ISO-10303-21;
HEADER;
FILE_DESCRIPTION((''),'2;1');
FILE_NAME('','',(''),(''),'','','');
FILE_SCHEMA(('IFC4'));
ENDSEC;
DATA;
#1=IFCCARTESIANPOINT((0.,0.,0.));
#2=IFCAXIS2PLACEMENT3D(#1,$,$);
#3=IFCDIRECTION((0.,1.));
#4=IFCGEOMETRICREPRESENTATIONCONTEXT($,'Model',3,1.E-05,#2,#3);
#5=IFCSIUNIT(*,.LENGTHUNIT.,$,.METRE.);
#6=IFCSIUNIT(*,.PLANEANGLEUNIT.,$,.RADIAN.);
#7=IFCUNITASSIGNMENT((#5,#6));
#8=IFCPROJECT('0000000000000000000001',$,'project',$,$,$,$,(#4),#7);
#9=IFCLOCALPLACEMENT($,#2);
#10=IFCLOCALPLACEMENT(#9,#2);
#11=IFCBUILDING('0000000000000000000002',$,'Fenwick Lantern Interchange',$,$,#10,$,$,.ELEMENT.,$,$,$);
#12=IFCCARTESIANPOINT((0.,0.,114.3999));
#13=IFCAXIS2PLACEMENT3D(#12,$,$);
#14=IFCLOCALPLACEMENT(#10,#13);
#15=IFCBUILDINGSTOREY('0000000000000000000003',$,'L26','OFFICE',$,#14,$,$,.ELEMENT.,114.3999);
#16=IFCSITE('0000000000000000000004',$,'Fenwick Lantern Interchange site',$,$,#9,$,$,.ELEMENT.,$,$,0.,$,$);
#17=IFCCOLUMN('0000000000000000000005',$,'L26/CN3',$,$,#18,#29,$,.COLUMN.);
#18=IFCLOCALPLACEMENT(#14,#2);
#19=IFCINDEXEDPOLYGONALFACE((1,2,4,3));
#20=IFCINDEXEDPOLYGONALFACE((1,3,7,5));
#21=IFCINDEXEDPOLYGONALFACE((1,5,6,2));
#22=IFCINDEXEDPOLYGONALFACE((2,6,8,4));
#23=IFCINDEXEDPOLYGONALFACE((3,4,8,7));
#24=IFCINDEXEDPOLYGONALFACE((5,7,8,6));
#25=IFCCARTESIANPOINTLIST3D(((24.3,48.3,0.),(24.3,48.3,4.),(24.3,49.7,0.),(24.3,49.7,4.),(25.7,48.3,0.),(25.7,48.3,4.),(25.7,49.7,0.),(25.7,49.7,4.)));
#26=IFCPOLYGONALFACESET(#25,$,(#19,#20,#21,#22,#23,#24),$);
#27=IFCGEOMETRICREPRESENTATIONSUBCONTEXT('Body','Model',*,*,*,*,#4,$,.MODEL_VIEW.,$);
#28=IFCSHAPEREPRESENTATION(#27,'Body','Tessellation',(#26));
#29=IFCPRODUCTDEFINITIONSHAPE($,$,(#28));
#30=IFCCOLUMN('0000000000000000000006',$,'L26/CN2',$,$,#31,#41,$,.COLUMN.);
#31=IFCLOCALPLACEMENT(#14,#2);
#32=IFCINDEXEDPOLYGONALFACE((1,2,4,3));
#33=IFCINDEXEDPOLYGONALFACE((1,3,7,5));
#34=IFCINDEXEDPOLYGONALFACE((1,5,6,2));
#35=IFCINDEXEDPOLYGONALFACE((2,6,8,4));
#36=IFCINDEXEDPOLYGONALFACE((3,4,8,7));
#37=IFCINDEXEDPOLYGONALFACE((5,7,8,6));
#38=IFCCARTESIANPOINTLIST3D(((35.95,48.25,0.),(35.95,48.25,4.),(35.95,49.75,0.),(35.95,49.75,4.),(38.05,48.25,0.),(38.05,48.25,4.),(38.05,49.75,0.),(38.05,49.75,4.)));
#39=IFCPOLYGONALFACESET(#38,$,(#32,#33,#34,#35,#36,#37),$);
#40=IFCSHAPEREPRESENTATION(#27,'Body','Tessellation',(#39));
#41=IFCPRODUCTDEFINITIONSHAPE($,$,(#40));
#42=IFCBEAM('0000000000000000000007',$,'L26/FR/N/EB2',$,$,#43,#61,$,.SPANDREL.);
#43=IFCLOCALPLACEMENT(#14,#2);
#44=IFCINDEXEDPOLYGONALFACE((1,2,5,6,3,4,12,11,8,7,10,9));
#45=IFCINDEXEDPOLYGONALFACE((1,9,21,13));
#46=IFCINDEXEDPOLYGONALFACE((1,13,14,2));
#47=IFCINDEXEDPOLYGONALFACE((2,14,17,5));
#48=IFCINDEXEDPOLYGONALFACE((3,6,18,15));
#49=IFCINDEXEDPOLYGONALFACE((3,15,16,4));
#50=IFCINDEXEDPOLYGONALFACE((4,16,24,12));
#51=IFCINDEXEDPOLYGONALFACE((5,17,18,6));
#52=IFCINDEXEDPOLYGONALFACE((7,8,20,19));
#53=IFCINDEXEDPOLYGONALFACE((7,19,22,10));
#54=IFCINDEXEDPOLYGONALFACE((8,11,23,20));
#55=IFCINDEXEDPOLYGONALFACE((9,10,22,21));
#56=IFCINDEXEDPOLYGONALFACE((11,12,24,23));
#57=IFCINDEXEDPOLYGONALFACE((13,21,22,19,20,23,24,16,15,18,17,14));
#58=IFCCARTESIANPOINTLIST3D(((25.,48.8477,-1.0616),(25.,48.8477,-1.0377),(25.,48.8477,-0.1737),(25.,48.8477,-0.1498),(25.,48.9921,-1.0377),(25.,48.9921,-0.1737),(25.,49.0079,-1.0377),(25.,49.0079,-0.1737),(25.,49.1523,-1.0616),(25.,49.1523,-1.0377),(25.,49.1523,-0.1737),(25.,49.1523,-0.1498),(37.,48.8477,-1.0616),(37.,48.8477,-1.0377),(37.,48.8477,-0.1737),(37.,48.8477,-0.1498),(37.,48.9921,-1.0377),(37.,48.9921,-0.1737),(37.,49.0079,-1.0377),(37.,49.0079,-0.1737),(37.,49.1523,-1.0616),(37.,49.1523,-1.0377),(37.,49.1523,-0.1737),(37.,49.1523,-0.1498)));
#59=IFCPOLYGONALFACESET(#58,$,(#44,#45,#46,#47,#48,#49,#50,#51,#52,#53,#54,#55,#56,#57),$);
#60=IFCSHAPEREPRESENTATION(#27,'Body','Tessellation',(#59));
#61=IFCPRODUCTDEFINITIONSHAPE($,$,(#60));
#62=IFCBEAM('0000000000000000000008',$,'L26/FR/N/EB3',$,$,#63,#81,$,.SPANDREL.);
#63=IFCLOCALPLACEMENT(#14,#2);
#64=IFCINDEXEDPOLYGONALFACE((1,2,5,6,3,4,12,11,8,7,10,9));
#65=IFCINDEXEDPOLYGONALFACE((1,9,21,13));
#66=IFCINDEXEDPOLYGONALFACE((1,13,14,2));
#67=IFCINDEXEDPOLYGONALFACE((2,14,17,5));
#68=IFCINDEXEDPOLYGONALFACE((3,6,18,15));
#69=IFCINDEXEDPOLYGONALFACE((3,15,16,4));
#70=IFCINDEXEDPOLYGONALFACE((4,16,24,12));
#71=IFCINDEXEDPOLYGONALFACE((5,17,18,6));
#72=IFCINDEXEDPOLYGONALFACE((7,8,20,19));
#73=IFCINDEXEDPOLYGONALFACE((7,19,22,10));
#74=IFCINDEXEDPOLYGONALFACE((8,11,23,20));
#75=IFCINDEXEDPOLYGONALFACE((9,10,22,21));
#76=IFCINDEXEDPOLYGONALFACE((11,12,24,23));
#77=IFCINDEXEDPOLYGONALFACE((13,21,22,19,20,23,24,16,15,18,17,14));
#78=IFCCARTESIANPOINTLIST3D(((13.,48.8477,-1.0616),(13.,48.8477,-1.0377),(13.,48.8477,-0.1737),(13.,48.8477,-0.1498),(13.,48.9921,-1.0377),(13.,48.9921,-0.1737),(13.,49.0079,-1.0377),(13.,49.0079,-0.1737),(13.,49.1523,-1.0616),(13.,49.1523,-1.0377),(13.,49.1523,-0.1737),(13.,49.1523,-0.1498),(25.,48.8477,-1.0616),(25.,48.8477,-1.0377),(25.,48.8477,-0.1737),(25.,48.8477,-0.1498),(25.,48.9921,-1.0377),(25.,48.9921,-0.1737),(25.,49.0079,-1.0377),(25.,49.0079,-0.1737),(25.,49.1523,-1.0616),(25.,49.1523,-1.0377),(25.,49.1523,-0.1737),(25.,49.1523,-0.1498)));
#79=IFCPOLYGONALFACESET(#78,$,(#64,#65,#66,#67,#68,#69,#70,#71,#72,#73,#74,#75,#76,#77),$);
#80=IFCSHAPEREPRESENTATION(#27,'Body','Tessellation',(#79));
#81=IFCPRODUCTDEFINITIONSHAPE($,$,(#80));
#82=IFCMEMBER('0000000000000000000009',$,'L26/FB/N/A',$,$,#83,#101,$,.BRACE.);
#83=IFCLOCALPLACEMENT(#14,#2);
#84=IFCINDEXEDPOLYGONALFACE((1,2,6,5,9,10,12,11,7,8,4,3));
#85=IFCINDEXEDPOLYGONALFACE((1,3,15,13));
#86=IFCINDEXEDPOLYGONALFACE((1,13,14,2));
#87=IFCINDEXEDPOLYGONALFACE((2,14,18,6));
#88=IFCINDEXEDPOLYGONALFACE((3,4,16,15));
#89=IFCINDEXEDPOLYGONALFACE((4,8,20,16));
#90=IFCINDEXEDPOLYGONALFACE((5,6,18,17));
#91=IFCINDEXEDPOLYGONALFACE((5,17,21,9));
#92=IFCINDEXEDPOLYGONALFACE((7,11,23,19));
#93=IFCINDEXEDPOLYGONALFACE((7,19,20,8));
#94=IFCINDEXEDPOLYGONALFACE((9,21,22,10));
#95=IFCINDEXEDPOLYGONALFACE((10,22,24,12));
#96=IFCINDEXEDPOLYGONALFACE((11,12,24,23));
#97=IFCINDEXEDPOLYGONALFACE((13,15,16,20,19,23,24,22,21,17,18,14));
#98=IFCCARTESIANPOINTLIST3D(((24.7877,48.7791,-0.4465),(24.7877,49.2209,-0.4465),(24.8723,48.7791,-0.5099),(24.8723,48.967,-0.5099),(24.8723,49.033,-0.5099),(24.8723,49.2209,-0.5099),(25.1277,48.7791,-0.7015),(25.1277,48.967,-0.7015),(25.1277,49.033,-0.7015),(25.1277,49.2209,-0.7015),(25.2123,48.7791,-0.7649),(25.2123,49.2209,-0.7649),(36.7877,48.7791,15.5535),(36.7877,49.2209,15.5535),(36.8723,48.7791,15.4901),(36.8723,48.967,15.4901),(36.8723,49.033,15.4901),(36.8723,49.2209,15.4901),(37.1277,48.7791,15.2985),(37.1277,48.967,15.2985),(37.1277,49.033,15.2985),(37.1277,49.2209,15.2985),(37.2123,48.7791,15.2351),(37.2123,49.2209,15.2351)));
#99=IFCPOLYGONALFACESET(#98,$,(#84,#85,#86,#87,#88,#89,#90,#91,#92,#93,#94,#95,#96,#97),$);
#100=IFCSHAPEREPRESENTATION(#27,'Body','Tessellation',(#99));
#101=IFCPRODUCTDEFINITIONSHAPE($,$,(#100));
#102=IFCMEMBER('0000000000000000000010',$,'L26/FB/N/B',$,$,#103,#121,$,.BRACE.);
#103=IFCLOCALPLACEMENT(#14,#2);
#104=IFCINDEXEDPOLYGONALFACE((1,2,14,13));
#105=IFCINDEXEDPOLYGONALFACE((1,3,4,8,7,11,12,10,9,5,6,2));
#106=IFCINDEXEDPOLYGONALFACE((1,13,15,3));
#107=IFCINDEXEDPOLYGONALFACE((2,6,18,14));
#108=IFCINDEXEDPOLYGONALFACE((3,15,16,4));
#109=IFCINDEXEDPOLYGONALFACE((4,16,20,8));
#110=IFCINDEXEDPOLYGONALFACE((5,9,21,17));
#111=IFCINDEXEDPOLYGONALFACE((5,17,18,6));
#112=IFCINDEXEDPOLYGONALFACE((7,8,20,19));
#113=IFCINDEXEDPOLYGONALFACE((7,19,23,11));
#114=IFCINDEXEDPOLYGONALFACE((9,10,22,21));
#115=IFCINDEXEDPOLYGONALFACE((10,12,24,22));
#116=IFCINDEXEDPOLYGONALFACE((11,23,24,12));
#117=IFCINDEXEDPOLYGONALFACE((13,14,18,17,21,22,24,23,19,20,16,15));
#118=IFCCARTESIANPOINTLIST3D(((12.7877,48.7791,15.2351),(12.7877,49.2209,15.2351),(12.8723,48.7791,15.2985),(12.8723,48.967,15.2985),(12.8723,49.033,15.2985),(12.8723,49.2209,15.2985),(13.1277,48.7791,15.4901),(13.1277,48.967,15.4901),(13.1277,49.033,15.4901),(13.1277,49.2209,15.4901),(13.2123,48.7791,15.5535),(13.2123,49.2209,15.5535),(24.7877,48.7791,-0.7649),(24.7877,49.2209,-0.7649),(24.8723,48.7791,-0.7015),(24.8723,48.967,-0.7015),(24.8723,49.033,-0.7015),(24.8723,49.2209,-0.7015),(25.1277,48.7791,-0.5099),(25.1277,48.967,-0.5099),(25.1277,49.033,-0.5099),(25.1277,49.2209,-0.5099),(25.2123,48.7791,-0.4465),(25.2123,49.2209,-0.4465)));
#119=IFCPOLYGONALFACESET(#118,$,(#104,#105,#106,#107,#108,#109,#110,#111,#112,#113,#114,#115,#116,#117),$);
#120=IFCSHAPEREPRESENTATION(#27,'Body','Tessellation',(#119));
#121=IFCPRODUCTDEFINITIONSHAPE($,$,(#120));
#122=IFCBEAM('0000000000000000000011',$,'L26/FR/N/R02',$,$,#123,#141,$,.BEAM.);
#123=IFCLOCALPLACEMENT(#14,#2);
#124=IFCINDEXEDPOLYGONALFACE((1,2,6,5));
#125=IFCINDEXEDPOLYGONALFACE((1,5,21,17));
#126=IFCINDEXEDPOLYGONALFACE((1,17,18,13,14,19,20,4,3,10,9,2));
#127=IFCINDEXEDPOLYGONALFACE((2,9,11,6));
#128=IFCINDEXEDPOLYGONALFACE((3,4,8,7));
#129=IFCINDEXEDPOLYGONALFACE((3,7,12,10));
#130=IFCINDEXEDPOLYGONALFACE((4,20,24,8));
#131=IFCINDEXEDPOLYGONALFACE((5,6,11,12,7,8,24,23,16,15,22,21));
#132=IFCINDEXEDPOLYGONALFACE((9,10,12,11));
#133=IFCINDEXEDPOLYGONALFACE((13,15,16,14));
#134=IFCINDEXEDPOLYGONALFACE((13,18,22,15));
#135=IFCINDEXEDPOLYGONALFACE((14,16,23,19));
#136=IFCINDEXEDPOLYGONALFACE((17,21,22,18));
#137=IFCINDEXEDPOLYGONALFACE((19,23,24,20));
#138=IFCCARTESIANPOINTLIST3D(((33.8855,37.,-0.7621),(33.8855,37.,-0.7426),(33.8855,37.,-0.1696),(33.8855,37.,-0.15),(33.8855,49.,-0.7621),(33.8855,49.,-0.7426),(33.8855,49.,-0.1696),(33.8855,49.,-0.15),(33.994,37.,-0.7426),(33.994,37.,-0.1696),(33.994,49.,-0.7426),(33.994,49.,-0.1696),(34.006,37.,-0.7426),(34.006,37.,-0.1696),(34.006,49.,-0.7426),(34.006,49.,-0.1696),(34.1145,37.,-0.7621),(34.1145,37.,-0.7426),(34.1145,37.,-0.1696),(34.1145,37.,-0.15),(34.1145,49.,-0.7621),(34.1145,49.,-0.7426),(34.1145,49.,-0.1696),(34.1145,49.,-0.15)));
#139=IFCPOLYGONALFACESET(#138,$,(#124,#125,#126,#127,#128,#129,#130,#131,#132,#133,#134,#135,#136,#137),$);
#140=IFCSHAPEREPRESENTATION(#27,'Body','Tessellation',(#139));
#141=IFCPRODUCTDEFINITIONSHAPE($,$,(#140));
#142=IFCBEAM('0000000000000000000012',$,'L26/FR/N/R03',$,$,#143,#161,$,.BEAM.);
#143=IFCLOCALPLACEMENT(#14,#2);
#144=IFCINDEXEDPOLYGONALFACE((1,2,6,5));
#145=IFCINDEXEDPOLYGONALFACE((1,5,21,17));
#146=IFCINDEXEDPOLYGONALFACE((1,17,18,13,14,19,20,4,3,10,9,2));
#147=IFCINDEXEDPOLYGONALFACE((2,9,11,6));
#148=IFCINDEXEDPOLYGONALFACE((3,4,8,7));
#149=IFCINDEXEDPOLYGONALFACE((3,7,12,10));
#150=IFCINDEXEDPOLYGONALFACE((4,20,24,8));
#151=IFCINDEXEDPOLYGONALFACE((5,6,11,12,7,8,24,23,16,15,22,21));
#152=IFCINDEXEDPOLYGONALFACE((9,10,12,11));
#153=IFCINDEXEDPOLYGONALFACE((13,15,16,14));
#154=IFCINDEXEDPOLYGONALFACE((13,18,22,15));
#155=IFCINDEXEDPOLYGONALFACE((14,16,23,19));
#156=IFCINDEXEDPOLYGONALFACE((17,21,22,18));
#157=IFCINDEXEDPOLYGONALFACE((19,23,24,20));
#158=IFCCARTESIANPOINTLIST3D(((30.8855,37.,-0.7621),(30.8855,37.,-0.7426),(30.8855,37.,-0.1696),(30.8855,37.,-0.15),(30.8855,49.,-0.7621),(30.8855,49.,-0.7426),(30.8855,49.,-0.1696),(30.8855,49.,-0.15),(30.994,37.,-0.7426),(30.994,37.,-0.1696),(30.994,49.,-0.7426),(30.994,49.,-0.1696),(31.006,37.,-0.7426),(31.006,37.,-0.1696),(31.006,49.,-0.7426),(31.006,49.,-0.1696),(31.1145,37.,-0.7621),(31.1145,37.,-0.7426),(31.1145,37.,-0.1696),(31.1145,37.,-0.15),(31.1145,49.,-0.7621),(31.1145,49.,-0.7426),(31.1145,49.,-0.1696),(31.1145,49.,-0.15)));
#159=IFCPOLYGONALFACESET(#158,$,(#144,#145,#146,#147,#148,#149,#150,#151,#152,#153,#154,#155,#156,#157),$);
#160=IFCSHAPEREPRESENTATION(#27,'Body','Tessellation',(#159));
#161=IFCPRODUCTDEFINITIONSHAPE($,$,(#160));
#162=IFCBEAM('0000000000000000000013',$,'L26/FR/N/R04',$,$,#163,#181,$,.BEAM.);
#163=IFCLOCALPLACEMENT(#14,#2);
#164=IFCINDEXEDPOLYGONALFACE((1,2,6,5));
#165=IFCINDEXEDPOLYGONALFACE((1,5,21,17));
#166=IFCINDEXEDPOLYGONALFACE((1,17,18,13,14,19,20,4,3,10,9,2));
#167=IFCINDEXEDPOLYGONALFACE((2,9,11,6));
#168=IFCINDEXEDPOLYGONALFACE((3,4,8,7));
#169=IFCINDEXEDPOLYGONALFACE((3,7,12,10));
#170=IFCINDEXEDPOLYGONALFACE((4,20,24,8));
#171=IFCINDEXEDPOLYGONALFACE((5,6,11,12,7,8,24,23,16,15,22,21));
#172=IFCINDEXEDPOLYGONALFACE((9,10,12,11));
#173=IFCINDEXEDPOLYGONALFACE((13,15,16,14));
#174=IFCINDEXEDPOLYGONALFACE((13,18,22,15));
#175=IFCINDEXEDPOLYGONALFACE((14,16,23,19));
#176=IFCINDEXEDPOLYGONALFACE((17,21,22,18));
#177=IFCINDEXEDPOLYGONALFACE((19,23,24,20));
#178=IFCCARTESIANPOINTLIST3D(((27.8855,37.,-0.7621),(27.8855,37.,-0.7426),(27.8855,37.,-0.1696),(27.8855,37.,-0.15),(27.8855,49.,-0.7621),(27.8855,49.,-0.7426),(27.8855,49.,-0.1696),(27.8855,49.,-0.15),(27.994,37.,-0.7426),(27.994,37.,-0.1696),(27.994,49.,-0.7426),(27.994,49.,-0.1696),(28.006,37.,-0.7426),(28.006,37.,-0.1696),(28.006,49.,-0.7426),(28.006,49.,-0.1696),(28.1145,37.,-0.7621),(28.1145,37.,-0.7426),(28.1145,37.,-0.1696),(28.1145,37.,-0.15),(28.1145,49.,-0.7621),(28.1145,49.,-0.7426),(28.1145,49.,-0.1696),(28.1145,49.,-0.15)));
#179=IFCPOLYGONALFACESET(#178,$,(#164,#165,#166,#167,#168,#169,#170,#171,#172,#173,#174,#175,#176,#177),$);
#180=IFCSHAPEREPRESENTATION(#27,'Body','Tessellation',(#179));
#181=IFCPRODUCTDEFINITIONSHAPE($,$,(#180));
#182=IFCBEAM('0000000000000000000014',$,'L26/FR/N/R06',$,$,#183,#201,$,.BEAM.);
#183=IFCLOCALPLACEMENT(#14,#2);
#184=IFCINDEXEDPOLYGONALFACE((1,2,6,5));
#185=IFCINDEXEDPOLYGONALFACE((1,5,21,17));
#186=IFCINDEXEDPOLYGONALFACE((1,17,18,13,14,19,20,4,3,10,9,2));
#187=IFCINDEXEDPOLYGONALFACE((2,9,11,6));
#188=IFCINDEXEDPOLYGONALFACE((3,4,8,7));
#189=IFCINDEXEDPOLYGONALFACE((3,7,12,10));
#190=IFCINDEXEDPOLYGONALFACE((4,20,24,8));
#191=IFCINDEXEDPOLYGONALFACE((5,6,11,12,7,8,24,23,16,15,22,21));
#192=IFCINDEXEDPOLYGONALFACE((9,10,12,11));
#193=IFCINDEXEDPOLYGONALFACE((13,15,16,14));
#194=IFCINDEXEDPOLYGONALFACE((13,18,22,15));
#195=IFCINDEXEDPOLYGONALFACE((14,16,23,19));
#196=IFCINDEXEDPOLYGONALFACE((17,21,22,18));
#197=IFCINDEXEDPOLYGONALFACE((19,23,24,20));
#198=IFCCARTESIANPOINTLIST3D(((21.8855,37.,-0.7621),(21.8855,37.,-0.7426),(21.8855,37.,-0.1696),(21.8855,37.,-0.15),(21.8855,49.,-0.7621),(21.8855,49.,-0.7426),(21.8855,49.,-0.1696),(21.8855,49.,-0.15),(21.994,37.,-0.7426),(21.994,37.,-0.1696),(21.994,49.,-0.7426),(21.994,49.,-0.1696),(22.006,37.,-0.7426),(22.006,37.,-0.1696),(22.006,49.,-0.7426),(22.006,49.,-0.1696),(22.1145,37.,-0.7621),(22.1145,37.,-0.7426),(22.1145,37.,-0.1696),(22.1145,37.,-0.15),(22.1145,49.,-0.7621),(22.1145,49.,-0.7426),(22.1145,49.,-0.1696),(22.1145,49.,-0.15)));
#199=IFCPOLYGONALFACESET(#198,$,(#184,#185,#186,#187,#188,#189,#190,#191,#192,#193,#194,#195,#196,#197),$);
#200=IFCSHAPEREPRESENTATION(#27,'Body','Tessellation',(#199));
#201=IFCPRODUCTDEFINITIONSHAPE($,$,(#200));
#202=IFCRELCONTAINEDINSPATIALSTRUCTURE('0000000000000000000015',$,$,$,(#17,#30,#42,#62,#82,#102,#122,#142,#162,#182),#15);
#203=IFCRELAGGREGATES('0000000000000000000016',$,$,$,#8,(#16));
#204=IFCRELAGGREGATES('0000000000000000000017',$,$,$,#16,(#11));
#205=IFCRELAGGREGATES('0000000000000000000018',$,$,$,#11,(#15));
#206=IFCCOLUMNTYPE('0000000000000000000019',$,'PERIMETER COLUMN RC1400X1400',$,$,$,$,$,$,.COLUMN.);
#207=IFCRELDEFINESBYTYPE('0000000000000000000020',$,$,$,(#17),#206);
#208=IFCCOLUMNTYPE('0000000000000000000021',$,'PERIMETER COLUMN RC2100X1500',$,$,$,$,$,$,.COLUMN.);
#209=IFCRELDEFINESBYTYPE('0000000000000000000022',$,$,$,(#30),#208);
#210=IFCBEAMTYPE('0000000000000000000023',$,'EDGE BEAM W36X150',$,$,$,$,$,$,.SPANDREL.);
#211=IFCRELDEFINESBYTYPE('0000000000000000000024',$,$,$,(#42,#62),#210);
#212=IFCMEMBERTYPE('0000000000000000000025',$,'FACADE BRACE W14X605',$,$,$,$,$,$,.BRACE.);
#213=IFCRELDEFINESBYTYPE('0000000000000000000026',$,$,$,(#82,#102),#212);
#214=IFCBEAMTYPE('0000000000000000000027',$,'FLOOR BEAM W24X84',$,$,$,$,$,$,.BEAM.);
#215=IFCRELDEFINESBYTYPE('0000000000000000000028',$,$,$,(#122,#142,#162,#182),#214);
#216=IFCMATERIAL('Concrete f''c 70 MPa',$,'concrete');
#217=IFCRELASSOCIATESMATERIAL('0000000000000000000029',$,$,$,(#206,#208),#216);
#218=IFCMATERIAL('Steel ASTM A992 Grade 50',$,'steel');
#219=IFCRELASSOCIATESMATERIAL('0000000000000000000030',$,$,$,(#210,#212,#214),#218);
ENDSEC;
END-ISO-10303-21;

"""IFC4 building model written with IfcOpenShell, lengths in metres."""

from ifc_helpers import new_model, si_unit, direction, frame, origin, origin_2d, place, context, subcontext, project, spatial, rectangle, i_section, extrude, material, material_profile, profile_set, type_object, element, save


model = new_model("IFC4")

# Units and contexts
model_context = context("Model", 3, precision=1e-05, world=origin(), true_north=direction((0.0, 1.0)))
body_context = subcontext(model_context, "Body", "Model", "MODEL_VIEW")
ifc_project = project(units=[si_unit("LENGTHUNIT", "METRE"), si_unit("PLANEANGLEUNIT", "RADIAN")], contexts=[model_context])

# Site, building, storey
site_placement = place(None, origin())
site = spatial("IfcSite", under=ifc_project, at=site_placement, Name="Fenwick Lantern Interchange site", CompositionType="ELEMENT", RefElevation=0.0)
building_placement = place(site_placement, origin())
building = spatial("IfcBuilding", under=site, at=building_placement, Name="Fenwick Lantern Interchange", CompositionType="ELEMENT")
storey_placement = place(building_placement, frame((0.0, 0.0, 114.3999)))
storey = spatial("IfcBuildingStorey", under=building, at=storey_placement, Name="L26", Description="OFFICE", CompositionType="ELEMENT", Elevation=114.3999)

# Columns
ifc_material_1 = material(Name="Concrete f'c 70 MPa", Category="concrete")
ifc_material_profile_1 = material_profile(ifc_material_1, rectangle(XDim=1.3999, YDim=1.3999, at=origin_2d()), Name="RC1400X1400")
ifc_profile_set_1 = profile_set([ifc_material_profile_1], Name="Concrete f'c 70 MPa")
column_type_1 = type_object("IfcColumnType", Name="PERIMETER COLUMN RC1400X1400", PredefinedType="COLUMN", material=ifc_profile_set_1)
column_1_placement = place(storey_placement, frame((25.0, 49.0, 0.0), z_axis=(0.0, 0.0, 1.0), x_axis=(1.0, 0.0, 0.0)))
element("IfcColumn", 1, at=column_1_placement, inside=storey, type_object=column_type_1, Name="L26/CN3", PredefinedType="COLUMN", context=body_context, shape_type="SweptSolid", body=[
    extrude(rectangle(XDim=1.3999, YDim=1.3999, at=origin_2d()), origin(), (0.0, 0.0, 1.0), 4.0),
])
ifc_material_profile_2 = material_profile(ifc_material_1, rectangle(XDim=2.1001, YDim=1.5, at=origin_2d()), Name="RC2100X1500")
ifc_profile_set_2 = profile_set([ifc_material_profile_2], Name="Concrete f'c 70 MPa")
column_type_2 = type_object("IfcColumnType", Name="PERIMETER COLUMN RC2100X1500", PredefinedType="COLUMN", material=ifc_profile_set_2)
column_2_placement = place(storey_placement, frame((37.0, 49.0, 0.0), z_axis=(0.0, 0.0, 1.0), x_axis=(1.0, 0.0, 0.0)))
element("IfcColumn", 2, at=column_2_placement, inside=storey, type_object=column_type_2, Name="L26/CN2", PredefinedType="COLUMN", context=body_context, shape_type="SweptSolid", body=[
    extrude(rectangle(XDim=2.1001, YDim=1.5, at=origin_2d()), origin(), (0.0, 0.0, 1.0), 4.0),
])

# Beams
ifc_material_2 = material(Name="Steel ASTM A992 Grade 50", Category="steel")
ifc_material_profile_3 = material_profile(ifc_material_2, i_section(OverallWidth=0.3047, OverallDepth=0.9119, WebThickness=0.0159, FlangeThickness=0.0239, at=origin_2d()), Name="W36X150")
ifc_profile_set_3 = profile_set([ifc_material_profile_3], Name="Steel ASTM A992 Grade 50")
beam_type_1 = type_object("IfcBeamType", Name="EDGE BEAM W36X150", PredefinedType="SPANDREL", material=ifc_profile_set_3)
for number, where, z_axis, x_axis, name in (
    (3, (37.0, 49.0, -0.6057), (-1.0, 0.0, 0.0), (0.0, -1.0, 0.0), "L26/FR/N/EB2"),
    (4, (25.0, 49.0, -0.6057), (-1.0, 0.0, 0.0), (0.0, -1.0, 0.0), "L26/FR/N/EB3"),
):
    element("IfcBeam", number, at=place(storey_placement, frame(where, z_axis=z_axis, x_axis=x_axis)), inside=storey, type_object=beam_type_1, Name=name, PredefinedType="SPANDREL", context=body_context, shape_type="SweptSolid", body=[
        extrude(i_section(OverallWidth=0.3047, OverallDepth=0.9119, WebThickness=0.0159, FlangeThickness=0.0239, at=origin_2d()), origin(), (0.0, 0.0, 1.0), 12.0),
    ])

# Members
ifc_material_profile_4 = material_profile(ifc_material_2, i_section(OverallWidth=0.4419, OverallDepth=0.5308, WebThickness=0.0659, FlangeThickness=0.1057, at=origin_2d()), Name="W14X605")
ifc_profile_set_4 = profile_set([ifc_material_profile_4], Name="Steel ASTM A992 Grade 50")
member_type_1 = type_object("IfcMemberType", Name="FACADE BRACE W14X605", PredefinedType="BRACE", material=ifc_profile_set_4)
for number, where, z_axis, x_axis, name in (
    (5, (25.0, 49.0, -0.6057), (0.6, 0.0, 0.8), (0.0, 1.0, 0.0), "L26/FB/N/A"),
    (6, (25.0, 49.0, -0.6057), (-0.6, 0.0, 0.8), (0.0, -1.0, 0.0), "L26/FB/N/B"),
):
    element("IfcMember", number, at=place(storey_placement, frame(where, z_axis=z_axis, x_axis=x_axis)), inside=storey, type_object=member_type_1, Name=name, PredefinedType="BRACE", context=body_context, shape_type="SweptSolid", body=[
        extrude(i_section(OverallWidth=0.4419, OverallDepth=0.5308, WebThickness=0.0659, FlangeThickness=0.1057, at=origin_2d()), origin(), (0.0, 0.0, 1.0), 20.0),
    ])

# Beams
ifc_material_profile_5 = material_profile(ifc_material_2, i_section(OverallWidth=0.229, OverallDepth=0.6121, WebThickness=0.012, FlangeThickness=0.0195, at=origin_2d()), Name="W24X84")
ifc_profile_set_5 = profile_set([ifc_material_profile_5], Name="Steel ASTM A992 Grade 50")
beam_type_2 = type_object("IfcBeamType", Name="FLOOR BEAM W24X84", PredefinedType="BEAM", material=ifc_profile_set_5)
for number, where, z_axis, x_axis, name in (
    (7, (34.0, 49.0, -0.4561), (0.0, -1.0, 0.0), (1.0, 0.0, 0.0), "L26/FR/N/R02"),
    (8, (31.0, 49.0, -0.4561), (0.0, -1.0, 0.0), (1.0, 0.0, 0.0), "L26/FR/N/R03"),
    (9, (28.0, 49.0, -0.4561), (0.0, -1.0, 0.0), (1.0, 0.0, 0.0), "L26/FR/N/R04"),
    (10, (22.0, 49.0, -0.4561), (0.0, -1.0, 0.0), (1.0, 0.0, 0.0), "L26/FR/N/R06"),
):
    element("IfcBeam", number, at=place(storey_placement, frame(where, z_axis=z_axis, x_axis=x_axis)), inside=storey, type_object=beam_type_2, Name=name, PredefinedType="BEAM", context=body_context, shape_type="SweptSolid", body=[
        extrude(i_section(OverallWidth=0.229, OverallDepth=0.6121, WebThickness=0.012, FlangeThickness=0.0195, at=origin_2d()), origin(), (0.0, 0.0, 1.0), 12.0),
    ])

save(model, "model.ifc")
